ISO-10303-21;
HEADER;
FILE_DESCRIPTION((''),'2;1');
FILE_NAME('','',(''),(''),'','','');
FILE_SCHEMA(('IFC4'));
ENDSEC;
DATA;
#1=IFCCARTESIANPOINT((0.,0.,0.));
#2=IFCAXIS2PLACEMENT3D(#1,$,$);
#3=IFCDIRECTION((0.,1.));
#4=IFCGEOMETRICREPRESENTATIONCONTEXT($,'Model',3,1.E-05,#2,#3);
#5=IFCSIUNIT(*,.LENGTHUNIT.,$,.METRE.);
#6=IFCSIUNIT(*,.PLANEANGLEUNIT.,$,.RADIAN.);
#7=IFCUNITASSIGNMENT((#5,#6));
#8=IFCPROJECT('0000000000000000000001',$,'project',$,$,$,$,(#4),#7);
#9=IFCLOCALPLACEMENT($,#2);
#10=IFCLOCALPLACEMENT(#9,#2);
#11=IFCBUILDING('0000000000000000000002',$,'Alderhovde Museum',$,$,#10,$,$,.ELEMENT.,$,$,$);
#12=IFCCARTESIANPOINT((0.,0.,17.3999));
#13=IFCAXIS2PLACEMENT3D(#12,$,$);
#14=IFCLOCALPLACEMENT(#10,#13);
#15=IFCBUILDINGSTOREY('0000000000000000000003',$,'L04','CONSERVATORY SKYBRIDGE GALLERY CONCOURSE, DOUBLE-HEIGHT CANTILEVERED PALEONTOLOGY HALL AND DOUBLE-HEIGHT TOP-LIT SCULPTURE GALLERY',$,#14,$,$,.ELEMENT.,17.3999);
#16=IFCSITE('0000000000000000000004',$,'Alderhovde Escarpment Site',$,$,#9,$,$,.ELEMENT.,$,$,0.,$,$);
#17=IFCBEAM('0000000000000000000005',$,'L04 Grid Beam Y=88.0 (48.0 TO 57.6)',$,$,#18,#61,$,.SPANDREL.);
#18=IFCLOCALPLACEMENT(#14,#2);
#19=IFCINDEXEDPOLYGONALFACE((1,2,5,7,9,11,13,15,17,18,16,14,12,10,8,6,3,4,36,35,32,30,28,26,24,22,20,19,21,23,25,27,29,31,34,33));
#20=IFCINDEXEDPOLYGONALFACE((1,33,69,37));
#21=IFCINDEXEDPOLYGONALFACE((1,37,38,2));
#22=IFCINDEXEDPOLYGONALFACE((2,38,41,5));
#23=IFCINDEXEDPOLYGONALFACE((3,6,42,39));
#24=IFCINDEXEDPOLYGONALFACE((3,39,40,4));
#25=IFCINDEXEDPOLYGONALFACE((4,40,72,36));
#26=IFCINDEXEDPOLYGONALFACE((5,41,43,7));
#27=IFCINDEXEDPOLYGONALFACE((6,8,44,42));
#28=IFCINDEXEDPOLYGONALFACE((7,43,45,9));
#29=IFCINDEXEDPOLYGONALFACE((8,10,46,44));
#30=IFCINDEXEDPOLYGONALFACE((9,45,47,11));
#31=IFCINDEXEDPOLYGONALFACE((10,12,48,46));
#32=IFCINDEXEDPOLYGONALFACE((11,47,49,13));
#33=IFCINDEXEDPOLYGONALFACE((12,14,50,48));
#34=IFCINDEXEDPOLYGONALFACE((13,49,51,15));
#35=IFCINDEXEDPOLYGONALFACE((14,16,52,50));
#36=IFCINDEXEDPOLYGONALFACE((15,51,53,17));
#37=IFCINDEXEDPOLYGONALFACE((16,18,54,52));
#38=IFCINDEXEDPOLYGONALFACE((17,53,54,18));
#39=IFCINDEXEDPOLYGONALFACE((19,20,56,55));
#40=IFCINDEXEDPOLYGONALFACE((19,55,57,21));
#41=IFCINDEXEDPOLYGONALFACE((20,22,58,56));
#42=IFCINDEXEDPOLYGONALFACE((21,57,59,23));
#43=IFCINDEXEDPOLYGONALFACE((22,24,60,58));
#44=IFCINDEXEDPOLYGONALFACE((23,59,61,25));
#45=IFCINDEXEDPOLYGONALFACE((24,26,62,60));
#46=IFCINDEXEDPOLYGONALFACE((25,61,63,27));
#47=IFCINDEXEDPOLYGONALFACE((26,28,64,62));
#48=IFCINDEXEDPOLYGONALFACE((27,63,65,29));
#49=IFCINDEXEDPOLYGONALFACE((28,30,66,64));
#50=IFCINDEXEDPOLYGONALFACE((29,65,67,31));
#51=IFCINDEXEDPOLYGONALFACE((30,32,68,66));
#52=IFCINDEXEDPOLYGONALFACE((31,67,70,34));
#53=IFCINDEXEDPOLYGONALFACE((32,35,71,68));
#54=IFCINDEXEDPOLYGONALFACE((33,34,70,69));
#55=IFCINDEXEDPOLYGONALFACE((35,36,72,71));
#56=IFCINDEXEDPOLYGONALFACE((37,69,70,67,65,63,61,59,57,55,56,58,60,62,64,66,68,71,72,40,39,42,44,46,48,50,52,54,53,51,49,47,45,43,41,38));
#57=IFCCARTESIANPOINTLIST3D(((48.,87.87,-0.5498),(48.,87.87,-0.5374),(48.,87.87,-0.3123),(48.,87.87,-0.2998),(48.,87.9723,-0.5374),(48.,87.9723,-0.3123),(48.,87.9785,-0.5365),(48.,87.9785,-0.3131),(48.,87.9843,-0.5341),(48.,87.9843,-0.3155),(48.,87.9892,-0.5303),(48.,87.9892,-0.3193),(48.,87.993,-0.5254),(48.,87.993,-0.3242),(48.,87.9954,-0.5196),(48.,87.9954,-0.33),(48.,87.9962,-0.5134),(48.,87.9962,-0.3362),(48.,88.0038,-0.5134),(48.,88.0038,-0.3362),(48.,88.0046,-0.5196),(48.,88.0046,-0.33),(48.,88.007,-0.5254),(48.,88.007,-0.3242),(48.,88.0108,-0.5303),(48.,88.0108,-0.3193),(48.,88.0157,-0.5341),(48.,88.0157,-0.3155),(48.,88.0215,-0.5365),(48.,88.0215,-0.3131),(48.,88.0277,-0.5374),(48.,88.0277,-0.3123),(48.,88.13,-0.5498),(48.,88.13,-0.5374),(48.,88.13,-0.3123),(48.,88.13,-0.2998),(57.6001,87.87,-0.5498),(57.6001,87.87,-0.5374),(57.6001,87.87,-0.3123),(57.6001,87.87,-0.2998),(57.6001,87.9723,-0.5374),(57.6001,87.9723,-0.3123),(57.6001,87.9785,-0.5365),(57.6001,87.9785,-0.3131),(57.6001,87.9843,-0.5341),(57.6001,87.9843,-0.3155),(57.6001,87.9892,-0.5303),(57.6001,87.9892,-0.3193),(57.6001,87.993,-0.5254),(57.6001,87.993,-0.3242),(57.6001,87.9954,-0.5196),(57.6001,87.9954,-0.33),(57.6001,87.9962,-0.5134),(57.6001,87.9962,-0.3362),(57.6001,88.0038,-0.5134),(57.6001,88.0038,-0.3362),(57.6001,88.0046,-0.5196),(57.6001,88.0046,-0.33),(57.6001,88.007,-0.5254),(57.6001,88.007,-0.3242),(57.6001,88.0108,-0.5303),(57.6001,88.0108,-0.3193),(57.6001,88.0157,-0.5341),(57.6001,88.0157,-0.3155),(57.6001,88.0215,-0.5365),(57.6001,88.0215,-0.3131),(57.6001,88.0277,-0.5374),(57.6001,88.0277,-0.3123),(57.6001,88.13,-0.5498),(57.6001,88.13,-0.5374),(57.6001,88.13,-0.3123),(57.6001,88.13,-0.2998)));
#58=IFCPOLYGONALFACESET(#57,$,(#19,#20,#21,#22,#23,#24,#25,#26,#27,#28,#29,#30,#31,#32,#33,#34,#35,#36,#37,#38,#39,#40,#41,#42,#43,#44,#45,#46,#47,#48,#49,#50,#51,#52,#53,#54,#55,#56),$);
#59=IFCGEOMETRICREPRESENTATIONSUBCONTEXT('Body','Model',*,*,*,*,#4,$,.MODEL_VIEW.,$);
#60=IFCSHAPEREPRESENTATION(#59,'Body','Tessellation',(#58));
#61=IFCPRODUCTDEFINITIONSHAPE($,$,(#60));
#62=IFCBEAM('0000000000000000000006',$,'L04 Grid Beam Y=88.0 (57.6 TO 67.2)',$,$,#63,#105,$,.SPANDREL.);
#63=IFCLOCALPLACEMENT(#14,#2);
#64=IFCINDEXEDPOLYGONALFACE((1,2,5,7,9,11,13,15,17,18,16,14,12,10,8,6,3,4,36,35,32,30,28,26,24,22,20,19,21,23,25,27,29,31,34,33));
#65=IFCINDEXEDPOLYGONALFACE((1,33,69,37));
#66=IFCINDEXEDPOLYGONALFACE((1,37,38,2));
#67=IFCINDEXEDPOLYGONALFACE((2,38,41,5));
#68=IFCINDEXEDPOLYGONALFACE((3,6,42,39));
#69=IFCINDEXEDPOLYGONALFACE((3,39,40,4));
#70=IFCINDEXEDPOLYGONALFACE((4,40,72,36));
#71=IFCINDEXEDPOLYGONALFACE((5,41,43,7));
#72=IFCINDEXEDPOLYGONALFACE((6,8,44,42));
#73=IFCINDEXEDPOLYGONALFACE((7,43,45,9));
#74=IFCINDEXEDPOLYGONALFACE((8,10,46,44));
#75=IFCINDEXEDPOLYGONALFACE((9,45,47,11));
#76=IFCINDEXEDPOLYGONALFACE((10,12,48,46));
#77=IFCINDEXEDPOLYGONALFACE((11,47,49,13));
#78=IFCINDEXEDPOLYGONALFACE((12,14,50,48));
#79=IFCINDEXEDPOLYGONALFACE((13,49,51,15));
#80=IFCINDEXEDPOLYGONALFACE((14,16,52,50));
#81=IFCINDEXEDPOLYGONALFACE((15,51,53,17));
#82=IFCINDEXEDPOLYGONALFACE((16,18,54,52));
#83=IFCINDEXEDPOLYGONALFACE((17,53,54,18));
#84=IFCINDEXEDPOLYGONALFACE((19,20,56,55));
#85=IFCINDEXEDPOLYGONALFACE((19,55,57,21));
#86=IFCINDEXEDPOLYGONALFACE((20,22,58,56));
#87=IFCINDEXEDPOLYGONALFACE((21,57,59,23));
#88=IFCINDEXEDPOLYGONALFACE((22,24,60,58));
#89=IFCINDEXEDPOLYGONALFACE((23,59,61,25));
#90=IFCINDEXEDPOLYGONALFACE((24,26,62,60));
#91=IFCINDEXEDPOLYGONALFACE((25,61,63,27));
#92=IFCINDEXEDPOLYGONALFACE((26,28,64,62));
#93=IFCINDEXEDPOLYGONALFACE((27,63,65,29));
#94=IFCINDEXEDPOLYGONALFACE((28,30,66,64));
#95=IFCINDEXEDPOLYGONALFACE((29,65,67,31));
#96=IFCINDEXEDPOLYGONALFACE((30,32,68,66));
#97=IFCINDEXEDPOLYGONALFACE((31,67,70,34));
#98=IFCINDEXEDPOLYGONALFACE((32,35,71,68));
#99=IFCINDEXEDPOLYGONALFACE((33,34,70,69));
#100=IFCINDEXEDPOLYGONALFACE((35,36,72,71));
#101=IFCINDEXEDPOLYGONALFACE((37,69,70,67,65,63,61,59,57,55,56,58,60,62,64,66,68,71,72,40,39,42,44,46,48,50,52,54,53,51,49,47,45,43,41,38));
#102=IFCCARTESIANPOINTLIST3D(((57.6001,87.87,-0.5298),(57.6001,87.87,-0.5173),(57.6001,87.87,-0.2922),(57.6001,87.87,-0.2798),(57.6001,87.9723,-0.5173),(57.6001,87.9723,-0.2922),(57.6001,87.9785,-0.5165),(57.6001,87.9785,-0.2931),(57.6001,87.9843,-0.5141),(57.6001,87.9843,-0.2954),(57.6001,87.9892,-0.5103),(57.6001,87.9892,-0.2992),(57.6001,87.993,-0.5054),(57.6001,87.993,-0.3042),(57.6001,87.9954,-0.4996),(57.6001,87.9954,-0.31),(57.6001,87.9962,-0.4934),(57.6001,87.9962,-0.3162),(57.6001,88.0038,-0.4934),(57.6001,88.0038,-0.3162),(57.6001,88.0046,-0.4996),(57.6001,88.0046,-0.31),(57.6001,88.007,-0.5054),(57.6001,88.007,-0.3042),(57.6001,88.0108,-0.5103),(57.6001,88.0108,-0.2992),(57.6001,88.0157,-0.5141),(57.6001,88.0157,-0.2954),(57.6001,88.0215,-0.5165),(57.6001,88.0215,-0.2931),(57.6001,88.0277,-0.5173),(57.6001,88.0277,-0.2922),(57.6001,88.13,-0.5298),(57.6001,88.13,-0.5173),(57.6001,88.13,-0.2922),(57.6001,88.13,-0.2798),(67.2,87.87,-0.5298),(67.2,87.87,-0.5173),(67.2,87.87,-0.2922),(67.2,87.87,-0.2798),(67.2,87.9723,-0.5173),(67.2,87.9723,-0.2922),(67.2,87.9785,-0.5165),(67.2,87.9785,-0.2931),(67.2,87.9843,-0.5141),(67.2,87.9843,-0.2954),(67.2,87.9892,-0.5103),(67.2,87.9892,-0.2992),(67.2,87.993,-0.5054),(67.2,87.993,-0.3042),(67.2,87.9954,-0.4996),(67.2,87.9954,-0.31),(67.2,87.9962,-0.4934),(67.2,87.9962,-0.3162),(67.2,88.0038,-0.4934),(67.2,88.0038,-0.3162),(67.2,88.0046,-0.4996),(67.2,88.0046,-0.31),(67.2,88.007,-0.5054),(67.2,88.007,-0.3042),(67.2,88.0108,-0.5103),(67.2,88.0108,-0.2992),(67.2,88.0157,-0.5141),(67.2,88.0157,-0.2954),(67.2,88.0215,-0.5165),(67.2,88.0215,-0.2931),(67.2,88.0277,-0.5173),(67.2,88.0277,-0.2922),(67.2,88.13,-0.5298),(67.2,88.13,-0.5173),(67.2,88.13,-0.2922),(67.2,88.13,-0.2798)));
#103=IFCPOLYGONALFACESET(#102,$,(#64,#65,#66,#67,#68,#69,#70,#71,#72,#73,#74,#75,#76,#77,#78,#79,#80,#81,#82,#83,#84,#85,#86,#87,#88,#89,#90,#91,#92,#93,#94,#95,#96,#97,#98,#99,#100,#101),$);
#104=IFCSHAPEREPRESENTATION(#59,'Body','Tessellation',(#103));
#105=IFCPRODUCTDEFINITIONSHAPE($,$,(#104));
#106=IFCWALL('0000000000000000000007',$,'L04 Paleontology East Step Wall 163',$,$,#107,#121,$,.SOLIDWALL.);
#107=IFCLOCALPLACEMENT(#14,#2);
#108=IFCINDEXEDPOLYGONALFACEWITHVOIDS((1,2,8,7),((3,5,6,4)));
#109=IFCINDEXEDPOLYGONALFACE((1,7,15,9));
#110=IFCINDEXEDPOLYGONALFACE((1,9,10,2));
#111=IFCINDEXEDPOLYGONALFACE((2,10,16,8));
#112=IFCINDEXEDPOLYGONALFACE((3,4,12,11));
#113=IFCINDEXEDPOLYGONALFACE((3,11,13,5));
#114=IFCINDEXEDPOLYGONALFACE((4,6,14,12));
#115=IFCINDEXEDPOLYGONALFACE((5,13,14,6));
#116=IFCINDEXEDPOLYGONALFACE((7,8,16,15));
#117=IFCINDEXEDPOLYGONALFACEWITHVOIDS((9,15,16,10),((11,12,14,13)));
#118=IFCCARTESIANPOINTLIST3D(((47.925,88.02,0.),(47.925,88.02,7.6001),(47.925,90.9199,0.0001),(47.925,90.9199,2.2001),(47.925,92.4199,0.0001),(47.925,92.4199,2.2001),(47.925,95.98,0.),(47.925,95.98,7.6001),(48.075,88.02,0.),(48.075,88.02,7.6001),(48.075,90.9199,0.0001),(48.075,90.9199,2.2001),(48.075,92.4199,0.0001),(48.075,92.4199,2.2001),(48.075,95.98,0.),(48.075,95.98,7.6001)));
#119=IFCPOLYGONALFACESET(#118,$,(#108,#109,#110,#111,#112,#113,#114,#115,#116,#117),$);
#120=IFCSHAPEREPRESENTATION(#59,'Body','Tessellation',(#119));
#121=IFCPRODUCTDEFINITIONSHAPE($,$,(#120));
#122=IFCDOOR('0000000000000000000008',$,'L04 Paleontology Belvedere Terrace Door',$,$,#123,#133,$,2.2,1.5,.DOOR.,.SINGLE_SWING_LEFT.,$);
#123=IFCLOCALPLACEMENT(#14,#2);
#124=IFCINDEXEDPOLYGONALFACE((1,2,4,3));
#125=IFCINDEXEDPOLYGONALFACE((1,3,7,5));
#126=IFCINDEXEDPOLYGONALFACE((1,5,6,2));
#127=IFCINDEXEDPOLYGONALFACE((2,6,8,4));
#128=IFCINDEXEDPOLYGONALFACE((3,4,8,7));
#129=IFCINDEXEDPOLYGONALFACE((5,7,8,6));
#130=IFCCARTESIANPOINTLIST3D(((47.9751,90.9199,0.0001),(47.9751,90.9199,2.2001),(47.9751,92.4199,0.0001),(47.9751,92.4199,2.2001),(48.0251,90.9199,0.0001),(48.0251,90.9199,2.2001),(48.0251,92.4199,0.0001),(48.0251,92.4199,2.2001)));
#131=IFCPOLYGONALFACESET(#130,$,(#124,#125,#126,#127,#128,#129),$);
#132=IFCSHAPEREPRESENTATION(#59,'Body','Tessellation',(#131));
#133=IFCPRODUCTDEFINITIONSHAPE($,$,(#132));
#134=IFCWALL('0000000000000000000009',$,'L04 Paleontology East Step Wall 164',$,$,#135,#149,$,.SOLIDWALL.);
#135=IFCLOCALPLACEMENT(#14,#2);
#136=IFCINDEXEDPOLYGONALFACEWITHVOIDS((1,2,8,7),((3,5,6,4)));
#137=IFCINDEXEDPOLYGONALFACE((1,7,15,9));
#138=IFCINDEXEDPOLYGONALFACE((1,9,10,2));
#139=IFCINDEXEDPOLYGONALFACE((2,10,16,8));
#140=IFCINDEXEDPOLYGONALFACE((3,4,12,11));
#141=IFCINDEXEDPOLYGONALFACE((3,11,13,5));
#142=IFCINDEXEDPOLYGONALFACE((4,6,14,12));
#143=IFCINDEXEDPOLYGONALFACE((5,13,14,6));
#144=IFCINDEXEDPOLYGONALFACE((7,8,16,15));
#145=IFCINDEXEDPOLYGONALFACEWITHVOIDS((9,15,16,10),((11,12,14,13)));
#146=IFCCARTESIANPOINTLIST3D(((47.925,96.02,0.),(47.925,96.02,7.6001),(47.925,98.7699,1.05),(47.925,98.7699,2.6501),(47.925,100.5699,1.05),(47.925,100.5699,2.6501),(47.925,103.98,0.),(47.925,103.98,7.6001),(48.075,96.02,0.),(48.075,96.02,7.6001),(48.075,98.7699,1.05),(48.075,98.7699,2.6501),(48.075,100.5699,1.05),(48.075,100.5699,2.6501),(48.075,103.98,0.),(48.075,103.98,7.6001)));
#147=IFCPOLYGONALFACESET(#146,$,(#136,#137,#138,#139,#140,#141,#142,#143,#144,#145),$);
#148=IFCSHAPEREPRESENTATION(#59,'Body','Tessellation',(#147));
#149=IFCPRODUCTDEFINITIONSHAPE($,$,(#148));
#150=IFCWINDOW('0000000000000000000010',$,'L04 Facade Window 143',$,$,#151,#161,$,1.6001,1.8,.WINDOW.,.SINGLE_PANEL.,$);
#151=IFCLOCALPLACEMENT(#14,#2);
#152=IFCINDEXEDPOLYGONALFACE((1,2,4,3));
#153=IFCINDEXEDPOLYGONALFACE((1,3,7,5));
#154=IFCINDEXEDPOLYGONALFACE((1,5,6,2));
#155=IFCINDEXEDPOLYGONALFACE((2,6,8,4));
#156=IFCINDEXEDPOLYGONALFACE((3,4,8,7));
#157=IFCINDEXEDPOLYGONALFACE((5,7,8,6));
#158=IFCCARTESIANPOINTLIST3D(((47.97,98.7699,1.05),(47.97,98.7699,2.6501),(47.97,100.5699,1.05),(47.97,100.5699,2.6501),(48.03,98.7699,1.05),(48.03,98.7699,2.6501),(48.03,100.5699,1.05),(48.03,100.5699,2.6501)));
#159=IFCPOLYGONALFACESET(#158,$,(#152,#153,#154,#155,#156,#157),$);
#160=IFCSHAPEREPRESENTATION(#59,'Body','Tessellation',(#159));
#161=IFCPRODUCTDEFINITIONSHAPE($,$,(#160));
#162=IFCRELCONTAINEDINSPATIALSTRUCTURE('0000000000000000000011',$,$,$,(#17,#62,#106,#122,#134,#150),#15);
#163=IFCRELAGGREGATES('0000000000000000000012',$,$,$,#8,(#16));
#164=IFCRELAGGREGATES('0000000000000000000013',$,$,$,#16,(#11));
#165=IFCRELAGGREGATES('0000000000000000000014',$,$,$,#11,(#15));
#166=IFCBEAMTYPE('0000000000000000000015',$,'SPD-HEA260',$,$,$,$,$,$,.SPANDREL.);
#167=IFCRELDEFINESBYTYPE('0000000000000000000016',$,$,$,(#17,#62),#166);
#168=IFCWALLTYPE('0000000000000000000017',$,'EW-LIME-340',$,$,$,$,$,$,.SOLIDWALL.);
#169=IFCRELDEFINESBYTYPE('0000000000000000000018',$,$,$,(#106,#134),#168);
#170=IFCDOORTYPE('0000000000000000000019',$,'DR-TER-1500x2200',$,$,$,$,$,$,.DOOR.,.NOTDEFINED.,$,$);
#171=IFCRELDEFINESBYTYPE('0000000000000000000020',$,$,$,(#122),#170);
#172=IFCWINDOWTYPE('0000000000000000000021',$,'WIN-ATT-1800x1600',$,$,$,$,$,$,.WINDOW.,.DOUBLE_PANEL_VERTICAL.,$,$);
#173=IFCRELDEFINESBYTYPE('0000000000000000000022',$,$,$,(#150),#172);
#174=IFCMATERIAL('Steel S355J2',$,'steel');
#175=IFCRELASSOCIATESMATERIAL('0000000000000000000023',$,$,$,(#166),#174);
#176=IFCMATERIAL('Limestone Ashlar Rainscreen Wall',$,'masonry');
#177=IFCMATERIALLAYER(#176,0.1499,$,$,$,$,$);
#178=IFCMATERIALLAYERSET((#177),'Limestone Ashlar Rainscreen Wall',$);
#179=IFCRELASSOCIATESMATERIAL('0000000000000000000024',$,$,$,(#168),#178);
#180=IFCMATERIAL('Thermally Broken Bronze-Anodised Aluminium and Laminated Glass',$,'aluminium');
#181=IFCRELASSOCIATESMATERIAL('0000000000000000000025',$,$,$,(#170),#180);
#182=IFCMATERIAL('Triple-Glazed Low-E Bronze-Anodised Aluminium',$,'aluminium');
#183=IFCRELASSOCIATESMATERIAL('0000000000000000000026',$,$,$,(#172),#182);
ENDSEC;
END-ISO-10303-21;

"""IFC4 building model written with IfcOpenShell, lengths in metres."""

from ifc_helpers import new_model, si_unit, direction, frame, frame_2d, origin, origin_2d, place, context, subcontext, project, spatial, rectangle, i_section, extrude, material, layer, layer_set, material_profile, profile_set, type_object, element, fill, save


model = new_model("IFC4")

# Units and contexts
model_context = context("Model", 3, precision=1e-05, world=origin(), true_north=direction((0.0, 1.0)))
body_context = subcontext(model_context, "Body", "Model", "MODEL_VIEW")
ifc_project = project(units=[si_unit("LENGTHUNIT", "METRE"), si_unit("PLANEANGLEUNIT", "RADIAN")], contexts=[model_context])

# Site, building, storey
site_placement = place(None, origin())
site = spatial("IfcSite", under=ifc_project, at=site_placement, Name="Alderhovde Escarpment Site", CompositionType="ELEMENT", RefElevation=0.0)
building_placement = place(site_placement, origin())
building = spatial("IfcBuilding", under=site, at=building_placement, Name="Alderhovde Museum", CompositionType="ELEMENT")
storey_placement = place(building_placement, frame((0.0, 0.0, 17.3999)))
storey = spatial("IfcBuildingStorey", under=building, at=storey_placement, Name="L04", Description="CONSERVATORY SKYBRIDGE GALLERY CONCOURSE, DOUBLE-HEIGHT CANTILEVERED PALEONTOLOGY HALL AND DOUBLE-HEIGHT TOP-LIT SCULPTURE GALLERY", CompositionType="ELEMENT", Elevation=17.3999)

# Beams
ifc_material_1 = material(Name="Steel S355J2", Category="steel")
ifc_material_profile_1 = material_profile(ifc_material_1, i_section(OverallWidth=0.26, OverallDepth=0.25, WebThickness=0.0076, FlangeThickness=0.0125, FilletRadius=0.0239, at=origin_2d()), Name="HEA 260")
ifc_profile_set_1 = profile_set([ifc_material_profile_1], Name="Steel S355J2")
beam_type_1 = type_object("IfcBeamType", Name="SPD-HEA260", PredefinedType="SPANDREL", material=ifc_profile_set_1)
beam_1_placement = place(storey_placement, frame((48.0, 88.0, -0.4248), z_axis=(1.0, 0.0, 0.0), x_axis=(0.0, 1.0, 0.0)))
element("IfcBeam", 1, at=beam_1_placement, inside=storey, type_object=beam_type_1, Name="L04 Grid Beam Y=88.0 (48.0 TO 57.6)", PredefinedType="SPANDREL", context=body_context, shape_type="SweptSolid", body=[
    extrude(i_section(OverallWidth=0.26, OverallDepth=0.25, WebThickness=0.0076, FlangeThickness=0.0125, FilletRadius=0.0239, at=origin_2d()), origin(), (0.0, 0.0, 1.0), 9.6001),
])
beam_2_placement = place(storey_placement, frame((57.6001, 88.0, -0.4048), z_axis=(1.0, 0.0, 0.0), x_axis=(0.0, 1.0, 0.0)))
element("IfcBeam", 2, at=beam_2_placement, inside=storey, type_object=beam_type_1, Name="L04 Grid Beam Y=88.0 (57.6 TO 67.2)", PredefinedType="SPANDREL", context=body_context, shape_type="SweptSolid", body=[
    extrude(i_section(OverallWidth=0.26, OverallDepth=0.25, WebThickness=0.0076, FlangeThickness=0.0125, FilletRadius=0.0239, at=origin_2d()), origin(), (0.0, 0.0, 1.0), 9.5999),
])

# Wall, opening, door
ifc_material_2 = material(Name="Limestone Ashlar Rainscreen Wall", Category="masonry")
ifc_layer = layer(ifc_material_2, 0.1499)
ifc_layer_set = layer_set([ifc_layer], Name="Limestone Ashlar Rainscreen Wall")
wall_type = type_object("IfcWallType", Name="EW-LIME-340", PredefinedType="SOLIDWALL", material=ifc_layer_set)
wall_1_placement = place(storey_placement, frame((48.0, 88.02, 0.0), z_axis=(0.0, 0.0, 1.0), x_axis=(0.0, 1.0, 0.0)))
wall_1 = element("IfcWall", 3, at=wall_1_placement, inside=storey, type_object=wall_type, Name="L04 Paleontology East Step Wall 163", PredefinedType="SOLIDWALL", context=body_context, shape_type="SweptSolid", body=[
    extrude(rectangle(XDim=7.96, YDim=0.1499, at=frame_2d((3.98, 0.0))), origin(), (0.0, 0.0, 1.0), 7.6001),
])
opening_1_placement = place(wall_1_placement, frame((2.8999, 0.0, 0.0)))
opening_1 = element("IfcOpeningElement", 4, at=opening_1_placement, cuts=wall_1, PredefinedType="OPENING", context=body_context, shape_type="SweptSolid", body=[
    extrude(rectangle(XDim=1.5, YDim=2.2, at=frame_2d((0.75, 1.1001))), frame((0.0, 0.085, 0.0), z_axis=(0.0, -1.0, 0.0), x_axis=(1.0, 0.0, 0.0)), (0.0, 0.0, 1.0), 0.1699),
])
ifc_material_3 = material(Name="Thermally Broken Bronze-Anodised Aluminium and Laminated Glass", Category="aluminium")
door_type = type_object("IfcDoorType", Name="DR-TER-1500x2200", OperationType="NOTDEFINED", PredefinedType="DOOR", material=ifc_material_3)
door_placement = place(opening_1_placement, origin())
door = element("IfcDoor", 5, at=door_placement, inside=storey, type_object=door_type, Name="L04 Paleontology Belvedere Terrace Door", OperationType="SINGLE_SWING_LEFT", OverallHeight=2.2, OverallWidth=1.5, PredefinedType="DOOR", context=body_context, shape_type="SweptSolid", body=[
    extrude(rectangle(XDim=1.5, YDim=2.2, at=frame_2d((0.75, 1.1001))), frame((0.0, 0.0249, 0.0), z_axis=(0.0, -1.0, 0.0), x_axis=(1.0, 0.0, 0.0)), (0.0, 0.0, 1.0), 0.05),
])
fill(opening_1, door)

# Wall, opening, window
wall_2_placement = place(storey_placement, frame((48.0, 96.02, 0.0), z_axis=(0.0, 0.0, 1.0), x_axis=(0.0, 1.0, 0.0)))
wall_2 = element("IfcWall", 6, at=wall_2_placement, inside=storey, type_object=wall_type, Name="L04 Paleontology East Step Wall 164", PredefinedType="SOLIDWALL", context=body_context, shape_type="SweptSolid", body=[
    extrude(rectangle(XDim=7.96, YDim=0.1499, at=frame_2d((3.98, 0.0))), origin(), (0.0, 0.0, 1.0), 7.6001),
])
opening_2_placement = place(wall_2_placement, frame((2.75, 0.0, 1.05)))
opening_2 = element("IfcOpeningElement", 7, at=opening_2_placement, cuts=wall_2, PredefinedType="OPENING", context=body_context, shape_type="SweptSolid", body=[
    extrude(rectangle(XDim=1.8, YDim=1.6001, at=frame_2d((0.8999, 0.8))), frame((0.0, 0.085, 0.0), z_axis=(0.0, -1.0, 0.0), x_axis=(1.0, 0.0, 0.0)), (0.0, 0.0, 1.0), 0.1699),
])
ifc_material_4 = material(Name="Triple-Glazed Low-E Bronze-Anodised Aluminium", Category="aluminium")
window_type = type_object("IfcWindowType", Name="WIN-ATT-1800x1600", PartitioningType="DOUBLE_PANEL_VERTICAL", PredefinedType="WINDOW", material=ifc_material_4)
window_placement = place(opening_2_placement, origin())
window = element("IfcWindow", 8, at=window_placement, inside=storey, type_object=window_type, Name="L04 Facade Window 143", OverallHeight=1.6001, OverallWidth=1.8, PartitioningType="SINGLE_PANEL", PredefinedType="WINDOW", context=body_context, shape_type="SweptSolid", body=[
    extrude(rectangle(XDim=1.8, YDim=1.6001, at=frame_2d((0.8999, 0.8))), frame((0.0, 0.03, 0.0), z_axis=(0.0, -1.0, 0.0), x_axis=(1.0, 0.0, 0.0)), (0.0, 0.0, 1.0), 0.0601),
])
fill(opening_2, window)

save(model, "model.ifc")
